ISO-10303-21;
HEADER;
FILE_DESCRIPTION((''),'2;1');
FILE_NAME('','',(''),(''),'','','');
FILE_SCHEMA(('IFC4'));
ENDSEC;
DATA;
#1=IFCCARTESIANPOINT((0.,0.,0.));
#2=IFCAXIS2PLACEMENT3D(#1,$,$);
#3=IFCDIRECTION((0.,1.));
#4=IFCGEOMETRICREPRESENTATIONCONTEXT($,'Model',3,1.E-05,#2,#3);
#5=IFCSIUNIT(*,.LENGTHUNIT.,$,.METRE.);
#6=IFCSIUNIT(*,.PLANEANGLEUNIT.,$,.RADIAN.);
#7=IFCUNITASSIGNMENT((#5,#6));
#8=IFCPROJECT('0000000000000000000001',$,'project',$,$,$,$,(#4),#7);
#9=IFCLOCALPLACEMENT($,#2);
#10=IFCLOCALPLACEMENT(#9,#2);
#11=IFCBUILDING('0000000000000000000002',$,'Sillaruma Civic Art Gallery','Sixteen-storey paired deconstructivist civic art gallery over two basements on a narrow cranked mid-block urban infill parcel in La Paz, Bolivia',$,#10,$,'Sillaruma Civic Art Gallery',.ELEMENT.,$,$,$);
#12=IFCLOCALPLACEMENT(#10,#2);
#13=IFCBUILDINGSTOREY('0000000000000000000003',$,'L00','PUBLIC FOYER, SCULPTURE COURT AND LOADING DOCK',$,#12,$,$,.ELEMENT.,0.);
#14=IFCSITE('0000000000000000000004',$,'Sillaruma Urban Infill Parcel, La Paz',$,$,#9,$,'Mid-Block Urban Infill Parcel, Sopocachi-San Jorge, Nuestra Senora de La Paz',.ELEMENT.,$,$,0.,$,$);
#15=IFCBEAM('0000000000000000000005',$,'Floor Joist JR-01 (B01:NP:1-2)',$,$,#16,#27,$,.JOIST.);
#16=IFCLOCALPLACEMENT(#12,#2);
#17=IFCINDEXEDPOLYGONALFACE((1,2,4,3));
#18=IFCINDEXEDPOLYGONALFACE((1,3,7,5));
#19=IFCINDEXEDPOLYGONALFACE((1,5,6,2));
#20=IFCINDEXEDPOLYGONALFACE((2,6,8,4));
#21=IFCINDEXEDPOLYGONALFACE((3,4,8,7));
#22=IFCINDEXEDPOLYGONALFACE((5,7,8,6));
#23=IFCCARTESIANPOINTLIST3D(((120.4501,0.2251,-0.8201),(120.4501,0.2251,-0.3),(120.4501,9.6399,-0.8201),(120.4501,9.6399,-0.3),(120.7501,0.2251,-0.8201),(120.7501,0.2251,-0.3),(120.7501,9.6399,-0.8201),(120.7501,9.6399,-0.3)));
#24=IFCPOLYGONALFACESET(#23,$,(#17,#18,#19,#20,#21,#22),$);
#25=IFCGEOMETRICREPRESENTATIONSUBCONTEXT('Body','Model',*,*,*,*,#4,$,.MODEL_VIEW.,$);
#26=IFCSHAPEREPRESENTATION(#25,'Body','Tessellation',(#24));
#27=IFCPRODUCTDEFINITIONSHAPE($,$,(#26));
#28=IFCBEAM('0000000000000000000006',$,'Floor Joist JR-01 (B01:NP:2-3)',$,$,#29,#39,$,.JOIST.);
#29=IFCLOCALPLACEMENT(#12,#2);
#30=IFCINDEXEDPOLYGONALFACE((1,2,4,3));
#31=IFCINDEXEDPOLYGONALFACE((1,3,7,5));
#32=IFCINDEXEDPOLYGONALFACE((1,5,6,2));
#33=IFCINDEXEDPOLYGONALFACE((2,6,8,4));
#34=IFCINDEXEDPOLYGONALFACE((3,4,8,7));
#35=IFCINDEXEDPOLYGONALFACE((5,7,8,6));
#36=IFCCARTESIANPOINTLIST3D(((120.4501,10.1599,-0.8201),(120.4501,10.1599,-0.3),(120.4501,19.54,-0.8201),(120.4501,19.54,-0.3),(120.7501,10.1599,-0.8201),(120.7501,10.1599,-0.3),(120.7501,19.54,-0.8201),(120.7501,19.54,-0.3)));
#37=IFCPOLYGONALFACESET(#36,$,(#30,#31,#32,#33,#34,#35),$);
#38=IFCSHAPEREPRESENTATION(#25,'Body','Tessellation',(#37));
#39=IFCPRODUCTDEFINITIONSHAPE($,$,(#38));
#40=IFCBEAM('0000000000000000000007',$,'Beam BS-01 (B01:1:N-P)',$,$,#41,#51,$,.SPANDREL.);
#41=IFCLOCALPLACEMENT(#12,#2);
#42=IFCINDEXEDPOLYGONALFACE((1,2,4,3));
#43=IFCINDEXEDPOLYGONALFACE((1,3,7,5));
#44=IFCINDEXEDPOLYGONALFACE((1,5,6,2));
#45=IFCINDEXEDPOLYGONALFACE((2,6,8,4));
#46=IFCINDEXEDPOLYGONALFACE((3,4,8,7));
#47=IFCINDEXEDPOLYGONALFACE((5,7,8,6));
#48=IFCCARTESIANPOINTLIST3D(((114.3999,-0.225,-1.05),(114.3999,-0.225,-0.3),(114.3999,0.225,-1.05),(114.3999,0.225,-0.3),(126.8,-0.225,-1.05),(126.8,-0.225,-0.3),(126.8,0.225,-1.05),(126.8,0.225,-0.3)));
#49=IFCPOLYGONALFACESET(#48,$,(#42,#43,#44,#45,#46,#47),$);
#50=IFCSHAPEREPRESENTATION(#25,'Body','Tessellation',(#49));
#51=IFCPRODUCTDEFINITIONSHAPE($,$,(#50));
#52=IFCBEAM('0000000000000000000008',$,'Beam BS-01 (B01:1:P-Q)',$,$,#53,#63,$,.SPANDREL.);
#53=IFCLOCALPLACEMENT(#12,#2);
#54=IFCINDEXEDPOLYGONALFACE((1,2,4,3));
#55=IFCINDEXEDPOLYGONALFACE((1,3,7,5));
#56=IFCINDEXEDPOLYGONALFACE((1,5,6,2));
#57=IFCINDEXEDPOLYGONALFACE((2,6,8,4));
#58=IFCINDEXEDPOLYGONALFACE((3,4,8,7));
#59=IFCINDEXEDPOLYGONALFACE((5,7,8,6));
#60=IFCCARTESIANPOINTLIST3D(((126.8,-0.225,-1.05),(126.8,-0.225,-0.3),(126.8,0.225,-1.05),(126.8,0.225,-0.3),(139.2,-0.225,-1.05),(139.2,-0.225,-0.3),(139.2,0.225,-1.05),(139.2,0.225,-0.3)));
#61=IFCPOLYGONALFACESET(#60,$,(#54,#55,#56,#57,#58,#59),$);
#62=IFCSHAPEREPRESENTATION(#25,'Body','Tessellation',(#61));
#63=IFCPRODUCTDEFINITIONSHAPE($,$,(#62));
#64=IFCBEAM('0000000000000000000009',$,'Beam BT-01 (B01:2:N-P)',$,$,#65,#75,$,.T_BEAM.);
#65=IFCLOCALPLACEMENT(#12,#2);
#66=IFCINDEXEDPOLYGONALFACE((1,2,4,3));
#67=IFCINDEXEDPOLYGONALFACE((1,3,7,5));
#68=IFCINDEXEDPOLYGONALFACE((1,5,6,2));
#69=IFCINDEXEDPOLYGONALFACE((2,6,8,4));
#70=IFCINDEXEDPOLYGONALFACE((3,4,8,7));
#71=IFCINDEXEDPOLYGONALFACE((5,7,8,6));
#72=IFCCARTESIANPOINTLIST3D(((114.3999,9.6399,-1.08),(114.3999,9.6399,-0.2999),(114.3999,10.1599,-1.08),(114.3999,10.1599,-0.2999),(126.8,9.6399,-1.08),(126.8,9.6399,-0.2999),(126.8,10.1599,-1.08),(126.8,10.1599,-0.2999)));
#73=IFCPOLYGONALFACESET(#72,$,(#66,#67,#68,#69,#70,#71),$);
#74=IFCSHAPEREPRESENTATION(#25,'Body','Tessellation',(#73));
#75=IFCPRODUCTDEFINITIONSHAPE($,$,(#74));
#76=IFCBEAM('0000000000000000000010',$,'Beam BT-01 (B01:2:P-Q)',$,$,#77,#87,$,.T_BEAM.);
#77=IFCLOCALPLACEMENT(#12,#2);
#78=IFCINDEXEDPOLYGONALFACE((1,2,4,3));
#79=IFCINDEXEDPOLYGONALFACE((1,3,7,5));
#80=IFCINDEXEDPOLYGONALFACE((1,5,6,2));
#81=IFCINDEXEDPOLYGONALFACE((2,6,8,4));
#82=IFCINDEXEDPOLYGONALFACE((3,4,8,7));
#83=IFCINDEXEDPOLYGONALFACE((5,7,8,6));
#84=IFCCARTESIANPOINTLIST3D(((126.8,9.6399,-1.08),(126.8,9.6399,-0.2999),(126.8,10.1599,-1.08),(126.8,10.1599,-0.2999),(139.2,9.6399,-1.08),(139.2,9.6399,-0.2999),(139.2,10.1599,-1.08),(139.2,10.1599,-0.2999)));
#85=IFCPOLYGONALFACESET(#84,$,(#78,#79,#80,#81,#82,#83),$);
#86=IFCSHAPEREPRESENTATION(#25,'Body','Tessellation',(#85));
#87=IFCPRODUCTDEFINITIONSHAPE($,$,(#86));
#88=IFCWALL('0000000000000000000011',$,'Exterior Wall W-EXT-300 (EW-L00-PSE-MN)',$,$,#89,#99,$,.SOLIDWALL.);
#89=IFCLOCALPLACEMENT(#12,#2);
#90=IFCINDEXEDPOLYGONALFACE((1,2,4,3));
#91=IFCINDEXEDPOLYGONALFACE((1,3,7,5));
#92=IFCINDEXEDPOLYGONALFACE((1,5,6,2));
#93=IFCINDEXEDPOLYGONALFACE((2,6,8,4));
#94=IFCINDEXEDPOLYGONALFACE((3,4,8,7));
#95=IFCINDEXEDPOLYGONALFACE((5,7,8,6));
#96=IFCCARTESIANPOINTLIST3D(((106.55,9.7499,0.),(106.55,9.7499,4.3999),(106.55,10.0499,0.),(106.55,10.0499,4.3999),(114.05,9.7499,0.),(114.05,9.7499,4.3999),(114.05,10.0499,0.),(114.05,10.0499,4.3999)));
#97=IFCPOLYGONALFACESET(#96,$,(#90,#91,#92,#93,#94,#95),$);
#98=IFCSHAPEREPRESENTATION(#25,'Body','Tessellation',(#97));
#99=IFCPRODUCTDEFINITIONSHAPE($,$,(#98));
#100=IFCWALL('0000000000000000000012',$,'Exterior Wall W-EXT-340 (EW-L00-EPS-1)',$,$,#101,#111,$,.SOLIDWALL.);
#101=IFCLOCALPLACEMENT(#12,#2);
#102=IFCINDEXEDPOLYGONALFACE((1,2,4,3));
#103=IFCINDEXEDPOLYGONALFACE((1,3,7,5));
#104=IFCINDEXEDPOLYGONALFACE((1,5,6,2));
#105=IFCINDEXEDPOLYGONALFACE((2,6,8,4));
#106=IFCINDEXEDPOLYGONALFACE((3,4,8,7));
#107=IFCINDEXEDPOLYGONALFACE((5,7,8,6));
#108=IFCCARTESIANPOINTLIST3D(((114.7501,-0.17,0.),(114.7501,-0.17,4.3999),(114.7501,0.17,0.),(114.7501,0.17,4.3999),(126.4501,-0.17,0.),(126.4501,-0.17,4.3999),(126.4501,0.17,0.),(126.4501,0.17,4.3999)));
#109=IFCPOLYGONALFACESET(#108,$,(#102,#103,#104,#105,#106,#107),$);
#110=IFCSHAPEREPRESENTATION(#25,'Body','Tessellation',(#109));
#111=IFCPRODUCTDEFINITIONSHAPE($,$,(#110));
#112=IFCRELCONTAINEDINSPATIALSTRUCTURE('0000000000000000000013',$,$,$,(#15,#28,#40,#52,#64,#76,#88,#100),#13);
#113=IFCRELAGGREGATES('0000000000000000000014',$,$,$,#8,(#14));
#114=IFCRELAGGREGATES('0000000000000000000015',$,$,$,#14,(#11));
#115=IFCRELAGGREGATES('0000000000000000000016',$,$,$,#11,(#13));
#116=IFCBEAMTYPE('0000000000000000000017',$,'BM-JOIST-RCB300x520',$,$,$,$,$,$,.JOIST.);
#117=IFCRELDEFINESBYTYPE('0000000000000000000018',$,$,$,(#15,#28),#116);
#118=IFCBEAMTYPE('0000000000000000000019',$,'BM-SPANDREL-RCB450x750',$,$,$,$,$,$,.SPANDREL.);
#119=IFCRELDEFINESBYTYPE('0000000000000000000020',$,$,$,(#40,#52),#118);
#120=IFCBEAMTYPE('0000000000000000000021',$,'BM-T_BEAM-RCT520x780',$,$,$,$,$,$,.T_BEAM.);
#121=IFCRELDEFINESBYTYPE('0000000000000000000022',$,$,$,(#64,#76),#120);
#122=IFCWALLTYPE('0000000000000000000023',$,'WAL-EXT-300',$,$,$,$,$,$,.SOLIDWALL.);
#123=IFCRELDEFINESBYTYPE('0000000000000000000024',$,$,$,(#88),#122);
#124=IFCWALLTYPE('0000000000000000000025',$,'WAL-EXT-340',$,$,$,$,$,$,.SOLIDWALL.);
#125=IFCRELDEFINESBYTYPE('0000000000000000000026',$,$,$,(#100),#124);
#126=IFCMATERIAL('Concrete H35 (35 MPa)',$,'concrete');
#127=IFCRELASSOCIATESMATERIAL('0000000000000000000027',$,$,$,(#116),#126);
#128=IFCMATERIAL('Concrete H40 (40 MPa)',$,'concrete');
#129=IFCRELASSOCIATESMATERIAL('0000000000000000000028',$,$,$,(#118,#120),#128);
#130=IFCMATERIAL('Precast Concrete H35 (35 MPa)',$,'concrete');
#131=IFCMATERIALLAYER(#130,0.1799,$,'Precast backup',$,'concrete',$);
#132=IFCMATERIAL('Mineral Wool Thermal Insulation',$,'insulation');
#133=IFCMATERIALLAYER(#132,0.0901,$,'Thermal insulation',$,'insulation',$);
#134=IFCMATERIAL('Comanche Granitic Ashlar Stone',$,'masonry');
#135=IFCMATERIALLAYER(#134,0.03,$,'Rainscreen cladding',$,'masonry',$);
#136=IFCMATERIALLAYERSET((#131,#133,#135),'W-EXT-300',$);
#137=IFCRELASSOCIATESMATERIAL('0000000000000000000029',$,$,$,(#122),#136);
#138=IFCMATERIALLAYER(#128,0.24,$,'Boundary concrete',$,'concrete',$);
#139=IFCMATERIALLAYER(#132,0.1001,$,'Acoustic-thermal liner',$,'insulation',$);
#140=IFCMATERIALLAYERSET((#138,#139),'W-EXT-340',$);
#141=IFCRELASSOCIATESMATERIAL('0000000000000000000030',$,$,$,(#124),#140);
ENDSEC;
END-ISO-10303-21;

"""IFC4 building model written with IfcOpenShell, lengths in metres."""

from ifc_helpers import new_model, si_unit, direction, frame, frame_2d, origin, origin_2d, place, context, subcontext, project, spatial, rectangle, extrude, material, layer, layer_set, material_profile, profile_set, type_object, element, save


model = new_model("IFC4")

# Units and contexts
model_context = context("Model", 3, precision=1e-05, world=origin(), true_north=direction((0.0, 1.0)))
body_context = subcontext(model_context, "Body", "Model", "MODEL_VIEW")
ifc_project = project(units=[si_unit("LENGTHUNIT", "METRE"), si_unit("PLANEANGLEUNIT", "RADIAN")], contexts=[model_context])

# Site, building, storey
site_placement = place(None, origin())
site = spatial("IfcSite", under=ifc_project, at=site_placement, Name="Sillaruma Urban Infill Parcel, La Paz", LongName="Mid-Block Urban Infill Parcel, Sopocachi-San Jorge, Nuestra Senora de La Paz", CompositionType="ELEMENT", RefElevation=0.0)
building_placement = place(site_placement, origin())
building = spatial("IfcBuilding", under=site, at=building_placement, Name="Sillaruma Civic Art Gallery", Description="Sixteen-storey paired deconstructivist civic art gallery over two basements on a narrow cranked mid-block urban infill parcel in La Paz, Bolivia", LongName="Sillaruma Civic Art Gallery", CompositionType="ELEMENT")
storey_placement = place(building_placement, origin())
storey = spatial("IfcBuildingStorey", under=building, at=storey_placement, Name="L00", Description="PUBLIC FOYER, SCULPTURE COURT AND LOADING DOCK", CompositionType="ELEMENT", Elevation=0.0)

# Shared definitions
ifc_material_1 = material(Name="Concrete H40 (40 MPa)", Category="concrete")

# Beams
ifc_material_2 = material(Name="Concrete H35 (35 MPa)", Category="concrete")
ifc_material_profile_1 = material_profile(ifc_material_2, rectangle(XDim=0.3, YDim=0.52, at=origin_2d()), Name="RCB300x520")
ifc_profile_set_1 = profile_set([ifc_material_profile_1], Name="Concrete H35 (35 MPa)")
beam_type_1 = type_object("IfcBeamType", Name="BM-JOIST-RCB300x520", PredefinedType="JOIST", material=ifc_profile_set_1)
beam_1_placement = place(storey_placement, frame((120.6001, 0.2251, -0.5601), z_axis=(0.0, 1.0, 0.0), x_axis=(-1.0, 0.0, 0.0)))
element("IfcBeam", 1, at=beam_1_placement, inside=storey, type_object=beam_type_1, Name="Floor Joist JR-01 (B01:NP:1-2)", PredefinedType="JOIST", context=body_context, shape_type="SweptSolid", body=[
    extrude(rectangle(XDim=0.3, YDim=0.52, at=origin_2d()), origin(), (0.0, 0.0, 1.0), 9.4148),
])
beam_2_placement = place(storey_placement, frame((120.6001, 10.1599, -0.5601), z_axis=(0.0, 1.0, 0.0), x_axis=(-1.0, 0.0, 0.0)))
element("IfcBeam", 2, at=beam_2_placement, inside=storey, type_object=beam_type_1, Name="Floor Joist JR-01 (B01:NP:2-3)", PredefinedType="JOIST", context=body_context, shape_type="SweptSolid", body=[
    extrude(rectangle(XDim=0.3, YDim=0.52, at=origin_2d()), origin(), (0.0, 0.0, 1.0), 9.3801),
])
ifc_material_profile_2 = material_profile(ifc_material_1, rectangle(XDim=0.45, YDim=0.75, at=origin_2d()), Name="RCB450x750")
ifc_profile_set_2 = profile_set([ifc_material_profile_2], Name="Concrete H40 (40 MPa)")
beam_type_2 = type_object("IfcBeamType", Name="BM-SPANDREL-RCB450x750", PredefinedType="SPANDREL", material=ifc_profile_set_2)
beam_3_placement = place(storey_placement, frame((114.3999, 0.0, -0.675), z_axis=(1.0, 0.0, 0.0), x_axis=(0.0, 1.0, 0.0)))
element("IfcBeam", 3, at=beam_3_placement, inside=storey, type_object=beam_type_2, Name="Beam BS-01 (B01:1:N-P)", PredefinedType="SPANDREL", context=body_context, shape_type="SweptSolid", body=[
    extrude(rectangle(XDim=0.45, YDim=0.75, at=origin_2d()), origin(), (0.0, 0.0, 1.0), 12.4001),
])
beam_4_placement = place(storey_placement, frame((126.8, 0.0, -0.675), z_axis=(1.0, 0.0, 0.0), x_axis=(0.0, 1.0, 0.0)))
element("IfcBeam", 4, at=beam_4_placement, inside=storey, type_object=beam_type_2, Name="Beam BS-01 (B01:1:P-Q)", PredefinedType="SPANDREL", context=body_context, shape_type="SweptSolid", body=[
    extrude(rectangle(XDim=0.45, YDim=0.75, at=origin_2d()), origin(), (0.0, 0.0, 1.0), 12.3999),
])
ifc_material_profile_3 = material_profile(ifc_material_1, rectangle(XDim=0.52, YDim=0.78, at=origin_2d()), Name="RCT520x780")
ifc_profile_set_3 = profile_set([ifc_material_profile_3], Name="Concrete H40 (40 MPa)")
beam_type_3 = type_object("IfcBeamType", Name="BM-T_BEAM-RCT520x780", PredefinedType="T_BEAM", material=ifc_profile_set_3)
beam_5_placement = place(storey_placement, frame((114.3999, 9.8999, -0.6899), z_axis=(1.0, 0.0, 0.0), x_axis=(0.0, 1.0, 0.0)))
element("IfcBeam", 5, at=beam_5_placement, inside=storey, type_object=beam_type_3, Name="Beam BT-01 (B01:2:N-P)", PredefinedType="T_BEAM", context=body_context, shape_type="SweptSolid", body=[
    extrude(rectangle(XDim=0.52, YDim=0.78, at=origin_2d()), origin(), (0.0, 0.0, 1.0), 12.4001),
])
beam_6_placement = place(storey_placement, frame((126.8, 9.8999, -0.6899), z_axis=(1.0, 0.0, 0.0), x_axis=(0.0, 1.0, 0.0)))
element("IfcBeam", 6, at=beam_6_placement, inside=storey, type_object=beam_type_3, Name="Beam BT-01 (B01:2:P-Q)", PredefinedType="T_BEAM", context=body_context, shape_type="SweptSolid", body=[
    extrude(rectangle(XDim=0.52, YDim=0.78, at=origin_2d()), origin(), (0.0, 0.0, 1.0), 12.3999),
])

# Walls
ifc_material_3 = material(Name="Precast Concrete H35 (35 MPa)", Category="concrete")
ifc_layer_1 = layer(ifc_material_3, 0.1799, Name="Precast backup", Category="concrete")
ifc_material_4 = material(Name="Mineral Wool Thermal Insulation", Category="insulation")
ifc_layer_2 = layer(ifc_material_4, 0.0901, Name="Thermal insulation", Category="insulation")
ifc_material_5 = material(Name="Comanche Granitic Ashlar Stone", Category="masonry")
ifc_layer_3 = layer(ifc_material_5, 0.03, Name="Rainscreen cladding", Category="masonry")
ifc_layer_set_1 = layer_set([ifc_layer_1, ifc_layer_2, ifc_layer_3], Name="W-EXT-300")
wall_type_1 = type_object("IfcWallType", Name="WAL-EXT-300", PredefinedType="SOLIDWALL", material=ifc_layer_set_1)
wall_1_placement = place(storey_placement, frame((106.55, 9.8999, 0.0), z_axis=(0.0, 0.0, 1.0), x_axis=(1.0, 0.0, 0.0)))
element("IfcWall", 7, at=wall_1_placement, inside=storey, type_object=wall_type_1, Name="Exterior Wall W-EXT-300 (EW-L00-PSE-MN)", PredefinedType="SOLIDWALL", context=body_context, shape_type="SweptSolid", body=[
    extrude(rectangle(XDim=7.5, YDim=0.3, at=frame_2d((3.75, 0.0))), origin(), (0.0, 0.0, 1.0), 4.3999),
])
ifc_layer_4 = layer(ifc_material_1, 0.24, Name="Boundary concrete", Category="concrete")
ifc_layer_5 = layer(ifc_material_4, 0.1001, Name="Acoustic-thermal liner", Category="insulation")
ifc_layer_set_2 = layer_set([ifc_layer_4, ifc_layer_5], Name="W-EXT-340")
wall_type_2 = type_object("IfcWallType", Name="WAL-EXT-340", PredefinedType="SOLIDWALL", material=ifc_layer_set_2)
wall_2_placement = place(storey_placement, frame((114.75, 0.0, 0.0), z_axis=(0.0, 0.0, 1.0), x_axis=(1.0, 0.0, 0.0)))
element("IfcWall", 8, at=wall_2_placement, inside=storey, type_object=wall_type_2, Name="Exterior Wall W-EXT-340 (EW-L00-EPS-1)", PredefinedType="SOLIDWALL", context=body_context, shape_type="SweptSolid", body=[
    extrude(rectangle(XDim=11.7, YDim=0.3401, at=frame_2d((5.8501, 0.0))), origin(), (0.0, 0.0, 1.0), 4.3999),
])

save(model, "model.ifc")
